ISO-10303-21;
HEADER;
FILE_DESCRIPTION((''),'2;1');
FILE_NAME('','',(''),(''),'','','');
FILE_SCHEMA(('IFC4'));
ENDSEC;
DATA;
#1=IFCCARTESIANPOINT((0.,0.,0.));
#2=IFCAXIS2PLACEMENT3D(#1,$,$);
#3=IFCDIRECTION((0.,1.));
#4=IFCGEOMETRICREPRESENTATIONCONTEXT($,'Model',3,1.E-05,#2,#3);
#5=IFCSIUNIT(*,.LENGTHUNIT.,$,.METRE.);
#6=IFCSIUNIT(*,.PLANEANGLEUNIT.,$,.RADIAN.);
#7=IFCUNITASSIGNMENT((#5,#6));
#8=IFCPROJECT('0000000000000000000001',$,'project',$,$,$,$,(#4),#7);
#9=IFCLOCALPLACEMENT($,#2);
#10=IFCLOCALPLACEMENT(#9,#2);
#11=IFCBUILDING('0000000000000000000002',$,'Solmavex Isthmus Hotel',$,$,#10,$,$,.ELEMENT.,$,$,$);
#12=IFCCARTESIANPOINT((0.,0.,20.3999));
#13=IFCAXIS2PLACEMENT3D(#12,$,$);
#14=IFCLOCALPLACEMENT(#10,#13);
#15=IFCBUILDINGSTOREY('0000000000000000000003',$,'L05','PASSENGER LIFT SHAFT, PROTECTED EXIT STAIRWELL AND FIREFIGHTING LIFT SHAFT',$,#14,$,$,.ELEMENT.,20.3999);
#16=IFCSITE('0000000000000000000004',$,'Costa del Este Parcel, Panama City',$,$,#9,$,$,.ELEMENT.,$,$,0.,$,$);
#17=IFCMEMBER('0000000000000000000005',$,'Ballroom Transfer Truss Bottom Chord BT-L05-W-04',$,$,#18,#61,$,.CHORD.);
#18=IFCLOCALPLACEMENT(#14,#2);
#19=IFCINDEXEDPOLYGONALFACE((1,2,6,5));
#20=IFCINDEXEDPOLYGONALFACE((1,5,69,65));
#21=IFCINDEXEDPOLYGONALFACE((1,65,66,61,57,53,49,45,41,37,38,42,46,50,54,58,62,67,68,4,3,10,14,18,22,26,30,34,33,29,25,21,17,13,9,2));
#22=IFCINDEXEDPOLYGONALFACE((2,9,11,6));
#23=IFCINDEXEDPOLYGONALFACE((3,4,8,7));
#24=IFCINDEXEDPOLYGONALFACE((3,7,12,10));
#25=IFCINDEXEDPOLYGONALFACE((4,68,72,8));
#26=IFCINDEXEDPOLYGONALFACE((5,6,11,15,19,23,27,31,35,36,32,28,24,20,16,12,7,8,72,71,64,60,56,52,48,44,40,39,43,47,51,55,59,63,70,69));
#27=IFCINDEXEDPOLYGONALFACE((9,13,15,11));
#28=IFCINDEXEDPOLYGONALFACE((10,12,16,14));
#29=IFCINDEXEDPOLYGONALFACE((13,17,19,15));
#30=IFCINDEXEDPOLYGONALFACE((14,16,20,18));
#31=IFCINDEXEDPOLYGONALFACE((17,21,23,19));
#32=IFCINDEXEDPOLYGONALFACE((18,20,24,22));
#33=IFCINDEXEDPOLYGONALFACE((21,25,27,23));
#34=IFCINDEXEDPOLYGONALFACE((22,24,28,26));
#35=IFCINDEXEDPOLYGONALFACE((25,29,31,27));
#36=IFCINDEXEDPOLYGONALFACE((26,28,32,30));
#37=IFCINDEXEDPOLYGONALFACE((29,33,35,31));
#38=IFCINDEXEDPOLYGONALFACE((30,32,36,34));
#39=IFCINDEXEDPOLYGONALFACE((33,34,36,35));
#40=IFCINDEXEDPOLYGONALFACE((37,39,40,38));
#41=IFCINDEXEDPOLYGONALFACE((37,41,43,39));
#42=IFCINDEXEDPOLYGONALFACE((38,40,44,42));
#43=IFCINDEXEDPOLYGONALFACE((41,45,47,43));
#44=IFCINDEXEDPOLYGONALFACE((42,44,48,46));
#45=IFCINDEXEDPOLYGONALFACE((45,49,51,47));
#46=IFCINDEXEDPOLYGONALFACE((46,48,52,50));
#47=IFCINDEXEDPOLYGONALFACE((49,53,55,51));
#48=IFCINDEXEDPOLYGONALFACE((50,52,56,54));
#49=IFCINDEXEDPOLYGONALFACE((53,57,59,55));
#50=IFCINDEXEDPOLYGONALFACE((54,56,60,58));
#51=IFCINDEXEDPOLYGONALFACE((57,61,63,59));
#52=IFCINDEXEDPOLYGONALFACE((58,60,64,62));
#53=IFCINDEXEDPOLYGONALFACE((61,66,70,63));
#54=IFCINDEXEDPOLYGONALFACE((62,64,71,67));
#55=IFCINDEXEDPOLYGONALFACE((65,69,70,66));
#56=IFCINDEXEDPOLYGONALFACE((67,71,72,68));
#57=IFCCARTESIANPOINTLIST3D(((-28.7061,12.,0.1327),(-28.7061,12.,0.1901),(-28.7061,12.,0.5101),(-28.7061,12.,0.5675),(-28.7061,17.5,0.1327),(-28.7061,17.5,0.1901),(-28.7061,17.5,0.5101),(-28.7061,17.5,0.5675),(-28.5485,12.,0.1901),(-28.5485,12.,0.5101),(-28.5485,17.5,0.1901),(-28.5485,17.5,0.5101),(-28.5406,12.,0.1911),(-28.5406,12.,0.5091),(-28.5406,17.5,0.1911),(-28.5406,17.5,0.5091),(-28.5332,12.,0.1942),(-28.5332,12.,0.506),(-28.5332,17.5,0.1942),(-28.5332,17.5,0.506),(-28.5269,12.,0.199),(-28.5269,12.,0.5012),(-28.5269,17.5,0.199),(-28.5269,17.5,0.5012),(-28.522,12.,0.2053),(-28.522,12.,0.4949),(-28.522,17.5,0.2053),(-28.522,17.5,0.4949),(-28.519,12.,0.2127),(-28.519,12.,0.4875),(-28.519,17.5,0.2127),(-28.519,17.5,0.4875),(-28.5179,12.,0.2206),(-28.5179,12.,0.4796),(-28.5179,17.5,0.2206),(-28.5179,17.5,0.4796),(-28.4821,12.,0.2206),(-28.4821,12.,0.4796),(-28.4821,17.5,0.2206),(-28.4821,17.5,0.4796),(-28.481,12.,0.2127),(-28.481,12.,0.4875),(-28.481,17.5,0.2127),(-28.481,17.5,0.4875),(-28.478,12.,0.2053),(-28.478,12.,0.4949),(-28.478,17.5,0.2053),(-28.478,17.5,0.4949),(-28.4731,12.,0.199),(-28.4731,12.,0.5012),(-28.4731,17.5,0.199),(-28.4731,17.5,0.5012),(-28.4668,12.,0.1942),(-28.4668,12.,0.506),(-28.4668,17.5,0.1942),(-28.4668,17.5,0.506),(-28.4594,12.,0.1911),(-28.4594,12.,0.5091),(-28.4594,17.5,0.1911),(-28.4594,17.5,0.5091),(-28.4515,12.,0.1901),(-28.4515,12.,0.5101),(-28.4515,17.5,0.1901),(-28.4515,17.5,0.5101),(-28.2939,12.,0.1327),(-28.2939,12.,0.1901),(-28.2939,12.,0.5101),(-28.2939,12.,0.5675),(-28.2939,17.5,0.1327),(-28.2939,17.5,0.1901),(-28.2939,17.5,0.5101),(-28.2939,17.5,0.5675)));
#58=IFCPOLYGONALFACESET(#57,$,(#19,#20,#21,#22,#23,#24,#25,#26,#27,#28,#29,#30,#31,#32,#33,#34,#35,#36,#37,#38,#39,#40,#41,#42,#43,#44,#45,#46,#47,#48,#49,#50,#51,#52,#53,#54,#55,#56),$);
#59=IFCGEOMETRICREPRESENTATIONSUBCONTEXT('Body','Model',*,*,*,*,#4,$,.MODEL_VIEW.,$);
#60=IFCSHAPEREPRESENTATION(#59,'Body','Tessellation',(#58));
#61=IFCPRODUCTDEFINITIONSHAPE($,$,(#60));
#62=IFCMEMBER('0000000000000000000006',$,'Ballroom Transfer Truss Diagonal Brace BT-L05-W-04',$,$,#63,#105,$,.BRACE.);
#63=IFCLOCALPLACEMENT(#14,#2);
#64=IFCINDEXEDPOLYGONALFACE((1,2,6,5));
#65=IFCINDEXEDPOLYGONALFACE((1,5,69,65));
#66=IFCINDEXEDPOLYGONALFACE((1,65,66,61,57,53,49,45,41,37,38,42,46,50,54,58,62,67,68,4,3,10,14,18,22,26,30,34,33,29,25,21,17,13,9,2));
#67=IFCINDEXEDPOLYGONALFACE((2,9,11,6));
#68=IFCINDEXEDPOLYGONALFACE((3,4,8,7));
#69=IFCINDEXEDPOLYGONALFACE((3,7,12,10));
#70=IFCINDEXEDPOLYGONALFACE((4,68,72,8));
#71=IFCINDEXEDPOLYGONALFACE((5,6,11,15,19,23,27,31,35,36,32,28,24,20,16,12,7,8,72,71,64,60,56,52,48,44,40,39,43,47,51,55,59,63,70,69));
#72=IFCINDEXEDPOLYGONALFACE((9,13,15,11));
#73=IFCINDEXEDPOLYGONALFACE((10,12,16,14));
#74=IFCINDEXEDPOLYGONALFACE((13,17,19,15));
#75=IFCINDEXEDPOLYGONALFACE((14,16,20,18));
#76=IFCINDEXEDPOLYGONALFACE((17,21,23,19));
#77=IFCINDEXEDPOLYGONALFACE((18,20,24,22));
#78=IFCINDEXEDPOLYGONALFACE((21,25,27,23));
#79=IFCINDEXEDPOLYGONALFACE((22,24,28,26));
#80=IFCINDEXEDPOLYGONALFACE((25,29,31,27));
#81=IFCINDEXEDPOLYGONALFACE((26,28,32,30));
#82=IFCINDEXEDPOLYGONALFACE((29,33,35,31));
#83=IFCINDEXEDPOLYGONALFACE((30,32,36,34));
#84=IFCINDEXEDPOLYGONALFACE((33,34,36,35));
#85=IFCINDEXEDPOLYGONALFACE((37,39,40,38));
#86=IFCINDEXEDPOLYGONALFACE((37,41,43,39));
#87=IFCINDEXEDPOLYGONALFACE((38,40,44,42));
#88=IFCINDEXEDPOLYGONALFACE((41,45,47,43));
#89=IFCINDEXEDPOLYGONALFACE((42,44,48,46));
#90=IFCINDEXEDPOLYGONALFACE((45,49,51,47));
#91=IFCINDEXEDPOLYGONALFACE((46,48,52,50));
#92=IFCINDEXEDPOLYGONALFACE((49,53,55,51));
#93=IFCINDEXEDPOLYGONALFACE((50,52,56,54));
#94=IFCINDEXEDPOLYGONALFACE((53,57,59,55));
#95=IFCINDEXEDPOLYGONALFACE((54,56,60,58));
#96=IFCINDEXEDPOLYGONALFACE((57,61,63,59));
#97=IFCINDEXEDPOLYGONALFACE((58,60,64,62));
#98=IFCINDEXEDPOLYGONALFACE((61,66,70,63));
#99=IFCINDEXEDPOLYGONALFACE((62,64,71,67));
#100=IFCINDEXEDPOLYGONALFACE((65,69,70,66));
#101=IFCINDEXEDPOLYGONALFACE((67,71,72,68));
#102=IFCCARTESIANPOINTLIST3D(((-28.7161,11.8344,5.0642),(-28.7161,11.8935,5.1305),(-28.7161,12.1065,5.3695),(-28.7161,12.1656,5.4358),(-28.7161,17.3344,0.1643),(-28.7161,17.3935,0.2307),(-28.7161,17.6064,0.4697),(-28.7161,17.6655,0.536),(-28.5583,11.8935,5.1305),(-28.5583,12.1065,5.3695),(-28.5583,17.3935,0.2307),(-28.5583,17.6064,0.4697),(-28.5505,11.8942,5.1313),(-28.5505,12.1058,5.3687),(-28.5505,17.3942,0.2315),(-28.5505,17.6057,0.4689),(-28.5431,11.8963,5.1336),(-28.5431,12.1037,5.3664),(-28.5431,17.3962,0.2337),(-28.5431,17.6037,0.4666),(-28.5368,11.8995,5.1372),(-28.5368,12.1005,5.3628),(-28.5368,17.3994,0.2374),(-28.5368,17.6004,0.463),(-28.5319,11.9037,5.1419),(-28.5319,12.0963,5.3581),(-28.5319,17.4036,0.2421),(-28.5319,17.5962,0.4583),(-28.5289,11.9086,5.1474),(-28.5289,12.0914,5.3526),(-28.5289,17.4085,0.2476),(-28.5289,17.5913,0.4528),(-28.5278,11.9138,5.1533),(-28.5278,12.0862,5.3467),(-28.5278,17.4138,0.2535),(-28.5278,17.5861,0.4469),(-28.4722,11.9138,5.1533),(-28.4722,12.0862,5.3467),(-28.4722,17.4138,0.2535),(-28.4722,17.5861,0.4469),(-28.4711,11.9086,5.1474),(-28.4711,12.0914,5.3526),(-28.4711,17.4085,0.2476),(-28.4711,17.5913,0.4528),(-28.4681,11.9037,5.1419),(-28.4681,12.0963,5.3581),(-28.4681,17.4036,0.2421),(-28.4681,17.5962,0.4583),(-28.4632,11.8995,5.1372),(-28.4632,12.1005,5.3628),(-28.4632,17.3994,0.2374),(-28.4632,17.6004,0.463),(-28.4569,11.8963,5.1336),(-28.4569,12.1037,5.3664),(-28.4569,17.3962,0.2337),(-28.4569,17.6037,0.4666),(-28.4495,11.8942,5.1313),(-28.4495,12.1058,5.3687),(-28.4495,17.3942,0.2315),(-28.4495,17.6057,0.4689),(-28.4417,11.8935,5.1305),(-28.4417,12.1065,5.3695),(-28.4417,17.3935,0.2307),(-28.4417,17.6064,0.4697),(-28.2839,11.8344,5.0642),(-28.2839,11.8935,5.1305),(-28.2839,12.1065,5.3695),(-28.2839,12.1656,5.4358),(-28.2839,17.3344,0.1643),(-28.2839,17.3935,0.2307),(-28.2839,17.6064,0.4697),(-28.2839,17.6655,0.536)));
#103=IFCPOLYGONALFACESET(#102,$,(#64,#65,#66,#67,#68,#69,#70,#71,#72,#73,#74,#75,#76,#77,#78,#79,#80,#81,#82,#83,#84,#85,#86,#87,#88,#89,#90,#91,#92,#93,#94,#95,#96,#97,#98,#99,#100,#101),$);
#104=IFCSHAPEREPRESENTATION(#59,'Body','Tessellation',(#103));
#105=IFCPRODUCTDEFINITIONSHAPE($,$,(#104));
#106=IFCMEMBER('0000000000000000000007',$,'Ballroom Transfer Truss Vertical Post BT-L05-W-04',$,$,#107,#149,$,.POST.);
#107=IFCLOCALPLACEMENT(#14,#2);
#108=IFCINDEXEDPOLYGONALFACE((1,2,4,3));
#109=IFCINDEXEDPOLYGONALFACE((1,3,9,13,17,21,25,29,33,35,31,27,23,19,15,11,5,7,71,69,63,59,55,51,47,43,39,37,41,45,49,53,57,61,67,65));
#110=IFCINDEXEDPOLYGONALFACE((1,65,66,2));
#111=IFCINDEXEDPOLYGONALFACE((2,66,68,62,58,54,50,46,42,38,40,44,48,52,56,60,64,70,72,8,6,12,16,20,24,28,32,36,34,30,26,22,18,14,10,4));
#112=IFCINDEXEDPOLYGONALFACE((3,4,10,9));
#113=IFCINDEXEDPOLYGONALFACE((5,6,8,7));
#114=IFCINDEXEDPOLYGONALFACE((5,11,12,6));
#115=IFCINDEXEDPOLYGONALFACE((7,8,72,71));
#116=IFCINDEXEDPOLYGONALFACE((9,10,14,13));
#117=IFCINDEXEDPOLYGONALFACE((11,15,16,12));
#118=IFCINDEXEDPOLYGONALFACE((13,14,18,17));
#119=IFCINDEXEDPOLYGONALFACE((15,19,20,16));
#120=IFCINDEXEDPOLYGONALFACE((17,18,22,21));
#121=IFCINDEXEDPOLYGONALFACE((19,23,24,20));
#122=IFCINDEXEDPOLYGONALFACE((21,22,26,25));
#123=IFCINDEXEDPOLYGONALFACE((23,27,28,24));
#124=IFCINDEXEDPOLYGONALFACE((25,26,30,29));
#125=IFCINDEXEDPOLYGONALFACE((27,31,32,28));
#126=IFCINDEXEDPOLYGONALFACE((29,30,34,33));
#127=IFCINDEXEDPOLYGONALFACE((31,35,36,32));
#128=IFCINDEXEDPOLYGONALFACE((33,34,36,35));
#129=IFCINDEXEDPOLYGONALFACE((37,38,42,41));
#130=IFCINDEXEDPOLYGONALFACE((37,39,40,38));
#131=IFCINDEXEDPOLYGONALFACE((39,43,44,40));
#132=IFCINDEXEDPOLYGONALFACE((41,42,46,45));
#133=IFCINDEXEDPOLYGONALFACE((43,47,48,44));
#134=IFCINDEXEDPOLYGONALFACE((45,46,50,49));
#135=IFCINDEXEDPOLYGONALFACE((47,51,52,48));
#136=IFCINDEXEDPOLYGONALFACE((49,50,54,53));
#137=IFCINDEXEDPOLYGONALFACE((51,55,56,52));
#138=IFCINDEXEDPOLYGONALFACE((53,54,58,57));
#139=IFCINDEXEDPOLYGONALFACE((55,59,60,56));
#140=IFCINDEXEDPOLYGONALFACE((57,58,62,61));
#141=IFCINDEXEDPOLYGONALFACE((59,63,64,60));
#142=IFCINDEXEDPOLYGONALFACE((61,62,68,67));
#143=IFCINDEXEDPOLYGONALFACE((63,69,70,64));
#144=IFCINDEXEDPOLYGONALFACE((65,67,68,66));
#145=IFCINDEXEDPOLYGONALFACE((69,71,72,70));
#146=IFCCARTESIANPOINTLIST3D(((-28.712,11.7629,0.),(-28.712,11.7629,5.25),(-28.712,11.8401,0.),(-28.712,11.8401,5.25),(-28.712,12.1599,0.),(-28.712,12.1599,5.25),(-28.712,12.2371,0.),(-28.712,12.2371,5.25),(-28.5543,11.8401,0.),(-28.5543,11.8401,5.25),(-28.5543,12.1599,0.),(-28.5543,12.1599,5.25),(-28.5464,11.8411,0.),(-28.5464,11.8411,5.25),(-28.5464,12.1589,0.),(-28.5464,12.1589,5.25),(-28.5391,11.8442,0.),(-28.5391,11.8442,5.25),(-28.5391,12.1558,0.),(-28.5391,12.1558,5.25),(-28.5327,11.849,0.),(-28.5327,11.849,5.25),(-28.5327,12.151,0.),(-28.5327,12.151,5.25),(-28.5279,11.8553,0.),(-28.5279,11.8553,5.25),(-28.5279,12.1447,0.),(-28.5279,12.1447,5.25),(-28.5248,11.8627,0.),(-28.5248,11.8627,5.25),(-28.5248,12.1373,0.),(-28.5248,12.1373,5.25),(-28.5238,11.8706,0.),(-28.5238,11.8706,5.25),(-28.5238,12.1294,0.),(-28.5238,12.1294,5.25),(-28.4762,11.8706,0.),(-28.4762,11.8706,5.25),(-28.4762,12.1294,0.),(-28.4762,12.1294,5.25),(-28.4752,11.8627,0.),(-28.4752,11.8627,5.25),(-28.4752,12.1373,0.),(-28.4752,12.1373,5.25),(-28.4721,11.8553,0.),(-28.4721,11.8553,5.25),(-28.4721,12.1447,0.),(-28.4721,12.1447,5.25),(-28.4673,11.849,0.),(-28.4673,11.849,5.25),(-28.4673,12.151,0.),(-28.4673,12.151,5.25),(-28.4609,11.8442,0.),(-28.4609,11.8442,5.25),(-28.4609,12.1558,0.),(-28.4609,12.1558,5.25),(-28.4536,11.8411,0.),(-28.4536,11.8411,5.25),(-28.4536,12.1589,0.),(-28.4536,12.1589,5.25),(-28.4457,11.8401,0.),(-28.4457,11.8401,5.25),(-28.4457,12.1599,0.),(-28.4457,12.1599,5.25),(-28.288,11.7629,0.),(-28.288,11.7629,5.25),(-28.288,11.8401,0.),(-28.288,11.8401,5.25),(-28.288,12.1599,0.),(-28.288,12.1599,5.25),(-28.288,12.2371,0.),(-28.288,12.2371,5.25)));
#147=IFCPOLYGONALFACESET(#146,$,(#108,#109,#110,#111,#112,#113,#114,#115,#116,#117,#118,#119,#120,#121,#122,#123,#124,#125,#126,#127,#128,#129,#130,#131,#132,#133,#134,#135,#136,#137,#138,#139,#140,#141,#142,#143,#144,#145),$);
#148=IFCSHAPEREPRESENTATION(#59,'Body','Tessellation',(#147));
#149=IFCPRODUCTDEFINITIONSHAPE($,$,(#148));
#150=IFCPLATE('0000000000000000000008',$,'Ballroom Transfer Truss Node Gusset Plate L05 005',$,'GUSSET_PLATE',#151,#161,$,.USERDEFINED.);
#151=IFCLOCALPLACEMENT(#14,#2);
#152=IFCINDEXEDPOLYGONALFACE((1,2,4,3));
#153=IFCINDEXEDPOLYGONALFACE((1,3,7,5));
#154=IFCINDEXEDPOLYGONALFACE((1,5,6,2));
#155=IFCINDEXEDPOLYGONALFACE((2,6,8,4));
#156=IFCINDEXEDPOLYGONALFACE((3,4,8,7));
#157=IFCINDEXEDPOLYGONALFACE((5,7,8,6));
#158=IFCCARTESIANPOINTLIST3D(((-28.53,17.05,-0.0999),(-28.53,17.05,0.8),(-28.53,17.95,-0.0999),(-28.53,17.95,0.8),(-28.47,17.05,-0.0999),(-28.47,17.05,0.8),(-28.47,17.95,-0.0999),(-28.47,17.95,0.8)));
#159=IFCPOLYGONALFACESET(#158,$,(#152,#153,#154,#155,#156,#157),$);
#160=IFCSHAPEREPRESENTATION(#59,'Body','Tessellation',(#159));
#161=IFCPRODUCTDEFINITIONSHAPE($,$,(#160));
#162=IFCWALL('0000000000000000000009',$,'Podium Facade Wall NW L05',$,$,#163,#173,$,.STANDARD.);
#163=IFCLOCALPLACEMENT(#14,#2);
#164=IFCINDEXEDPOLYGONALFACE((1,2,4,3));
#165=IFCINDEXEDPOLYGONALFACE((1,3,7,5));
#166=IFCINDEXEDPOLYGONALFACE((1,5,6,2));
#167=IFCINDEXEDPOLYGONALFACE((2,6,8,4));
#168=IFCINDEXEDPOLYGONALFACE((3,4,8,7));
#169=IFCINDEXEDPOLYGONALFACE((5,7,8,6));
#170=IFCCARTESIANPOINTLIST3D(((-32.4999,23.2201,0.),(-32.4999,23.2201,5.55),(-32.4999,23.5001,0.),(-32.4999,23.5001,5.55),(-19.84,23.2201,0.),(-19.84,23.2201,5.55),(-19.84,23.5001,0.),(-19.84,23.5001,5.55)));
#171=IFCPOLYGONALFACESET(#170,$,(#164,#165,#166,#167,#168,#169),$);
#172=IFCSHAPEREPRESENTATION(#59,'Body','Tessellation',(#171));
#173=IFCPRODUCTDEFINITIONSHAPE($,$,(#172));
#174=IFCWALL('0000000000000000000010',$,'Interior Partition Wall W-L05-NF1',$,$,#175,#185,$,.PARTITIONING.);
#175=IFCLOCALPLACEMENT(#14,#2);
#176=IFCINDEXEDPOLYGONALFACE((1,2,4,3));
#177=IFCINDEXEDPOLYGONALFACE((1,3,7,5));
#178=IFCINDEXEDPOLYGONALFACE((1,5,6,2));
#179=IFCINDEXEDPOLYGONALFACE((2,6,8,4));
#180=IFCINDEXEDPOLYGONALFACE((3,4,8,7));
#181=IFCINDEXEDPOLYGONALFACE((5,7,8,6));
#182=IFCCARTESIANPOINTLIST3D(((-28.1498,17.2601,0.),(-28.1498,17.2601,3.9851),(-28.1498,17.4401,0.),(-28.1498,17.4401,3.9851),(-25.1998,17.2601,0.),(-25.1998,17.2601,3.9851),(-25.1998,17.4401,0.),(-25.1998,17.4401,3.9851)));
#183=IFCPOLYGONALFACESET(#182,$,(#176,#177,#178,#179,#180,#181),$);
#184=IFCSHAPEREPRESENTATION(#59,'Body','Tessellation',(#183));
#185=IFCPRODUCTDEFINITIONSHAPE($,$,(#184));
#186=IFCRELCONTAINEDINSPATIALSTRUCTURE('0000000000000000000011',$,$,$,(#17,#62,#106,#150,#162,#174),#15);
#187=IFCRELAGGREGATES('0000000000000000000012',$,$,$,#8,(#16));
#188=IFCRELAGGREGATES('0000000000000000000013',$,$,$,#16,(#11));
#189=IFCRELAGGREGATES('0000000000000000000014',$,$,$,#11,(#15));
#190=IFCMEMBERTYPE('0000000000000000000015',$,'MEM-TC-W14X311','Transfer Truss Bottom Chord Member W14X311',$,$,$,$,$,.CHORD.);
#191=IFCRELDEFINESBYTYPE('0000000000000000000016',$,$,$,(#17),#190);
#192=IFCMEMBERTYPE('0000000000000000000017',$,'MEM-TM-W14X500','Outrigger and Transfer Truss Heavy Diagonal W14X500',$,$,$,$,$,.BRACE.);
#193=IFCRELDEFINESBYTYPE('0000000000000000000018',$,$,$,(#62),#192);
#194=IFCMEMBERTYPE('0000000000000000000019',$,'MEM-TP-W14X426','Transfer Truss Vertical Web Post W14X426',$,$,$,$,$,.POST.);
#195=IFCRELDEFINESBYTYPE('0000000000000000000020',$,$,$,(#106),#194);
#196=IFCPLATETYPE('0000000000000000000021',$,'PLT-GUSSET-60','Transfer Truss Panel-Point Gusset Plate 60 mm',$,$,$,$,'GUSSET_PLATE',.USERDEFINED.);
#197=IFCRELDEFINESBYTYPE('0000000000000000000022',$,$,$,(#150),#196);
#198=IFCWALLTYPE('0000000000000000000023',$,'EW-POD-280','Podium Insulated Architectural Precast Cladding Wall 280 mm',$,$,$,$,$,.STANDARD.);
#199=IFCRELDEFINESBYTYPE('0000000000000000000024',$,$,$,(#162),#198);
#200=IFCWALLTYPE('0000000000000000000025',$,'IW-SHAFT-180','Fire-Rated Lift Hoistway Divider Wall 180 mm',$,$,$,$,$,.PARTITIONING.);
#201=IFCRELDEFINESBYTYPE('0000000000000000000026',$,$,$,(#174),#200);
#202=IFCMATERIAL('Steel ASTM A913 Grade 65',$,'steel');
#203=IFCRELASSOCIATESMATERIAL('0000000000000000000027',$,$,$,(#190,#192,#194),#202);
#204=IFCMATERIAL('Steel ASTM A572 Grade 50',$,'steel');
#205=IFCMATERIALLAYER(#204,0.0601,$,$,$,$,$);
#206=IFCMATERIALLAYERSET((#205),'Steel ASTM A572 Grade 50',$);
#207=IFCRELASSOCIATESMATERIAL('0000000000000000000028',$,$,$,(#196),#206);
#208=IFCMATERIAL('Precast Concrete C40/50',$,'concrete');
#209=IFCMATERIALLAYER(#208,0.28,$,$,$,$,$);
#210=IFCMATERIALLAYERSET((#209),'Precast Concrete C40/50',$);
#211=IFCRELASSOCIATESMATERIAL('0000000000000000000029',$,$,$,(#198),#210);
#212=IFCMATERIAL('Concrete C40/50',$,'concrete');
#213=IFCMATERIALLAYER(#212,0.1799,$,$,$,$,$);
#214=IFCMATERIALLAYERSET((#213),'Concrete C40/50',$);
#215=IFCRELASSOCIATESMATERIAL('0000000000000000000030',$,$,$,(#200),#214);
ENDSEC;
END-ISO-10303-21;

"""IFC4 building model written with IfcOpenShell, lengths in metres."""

from ifc_helpers import new_model, si_unit, direction, frame, frame_2d, origin, origin_2d, place, context, subcontext, project, spatial, rectangle, i_section, extrude, material, layer, layer_set, material_profile, profile_set, type_object, element, save


model = new_model("IFC4")

# Units and contexts
model_context = context("Model", 3, precision=1e-05, world=origin(), true_north=direction((0.0, 1.0)))
body_context = subcontext(model_context, "Body", "Model", "MODEL_VIEW")
ifc_project = project(units=[si_unit("LENGTHUNIT", "METRE"), si_unit("PLANEANGLEUNIT", "RADIAN")], contexts=[model_context])

# Site, building, storey
site_placement = place(None, origin())
site = spatial("IfcSite", under=ifc_project, at=site_placement, Name="Costa del Este Parcel, Panama City", CompositionType="ELEMENT", RefElevation=0.0)
building_placement = place(site_placement, origin())
building = spatial("IfcBuilding", under=site, at=building_placement, Name="Solmavex Isthmus Hotel", CompositionType="ELEMENT")
storey_placement = place(building_placement, frame((0.0, 0.0, 20.3999)))
storey = spatial("IfcBuildingStorey", under=building, at=storey_placement, Name="L05", Description="PASSENGER LIFT SHAFT, PROTECTED EXIT STAIRWELL AND FIREFIGHTING LIFT SHAFT", CompositionType="ELEMENT", Elevation=20.3999)

# Members
ifc_material_1 = material(Name="Steel ASTM A913 Grade 65", Category="steel")
ifc_material_profile_1 = material_profile(ifc_material_1, i_section(OverallWidth=0.4121, OverallDepth=0.4348, WebThickness=0.0359, FlangeThickness=0.0574, FilletRadius=0.0305, at=origin_2d()), Name="W14X311")
ifc_profile_set_1 = profile_set([ifc_material_profile_1], Name="Steel ASTM A913 Grade 65")
member_type_1 = type_object("IfcMemberType", Name="MEM-TC-W14X311", Description="Transfer Truss Bottom Chord Member W14X311", PredefinedType="CHORD", material=ifc_profile_set_1)
member_1_placement = place(storey_placement, frame((-28.5, 12.0, 0.3501), z_axis=(0.0, 1.0, 0.0), x_axis=(-1.0, 0.0, 0.0)))
element("IfcMember", 1, at=member_1_placement, inside=storey, type_object=member_type_1, Name="Ballroom Transfer Truss Bottom Chord BT-L05-W-04", PredefinedType="CHORD", context=body_context, shape_type="SweptSolid", body=[
    extrude(i_section(OverallWidth=0.4121, OverallDepth=0.4348, WebThickness=0.0359, FlangeThickness=0.0574, FilletRadius=0.0305, at=origin_2d()), origin(), (0.0, 0.0, 1.0), 5.5),
])
ifc_material_profile_2 = material_profile(ifc_material_1, i_section(OverallWidth=0.4321, OverallDepth=0.4978, WebThickness=0.0557, FlangeThickness=0.0889, FilletRadius=0.0305, at=origin_2d()), Name="W14X500")
ifc_profile_set_2 = profile_set([ifc_material_profile_2], Name="Steel ASTM A913 Grade 65")
member_type_2 = type_object("IfcMemberType", Name="MEM-TM-W14X500", Description="Outrigger and Transfer Truss Heavy Diagonal W14X500", PredefinedType="BRACE", material=ifc_profile_set_2)
member_2_placement = place(storey_placement, frame((-28.5, 12.0, 5.25), z_axis=(0.0, 0.746666, -0.665199), x_axis=(-1.0, 0.0, 0.0)))
element("IfcMember", 2, at=member_2_placement, inside=storey, type_object=member_type_2, Name="Ballroom Transfer Truss Diagonal Brace BT-L05-W-04", PredefinedType="BRACE", context=body_context, shape_type="SweptSolid", body=[
    extrude(i_section(OverallWidth=0.4321, OverallDepth=0.4978, WebThickness=0.0557, FlangeThickness=0.0889, FilletRadius=0.0305, at=origin_2d()), origin(), (0.0, 0.0, 1.0), 7.366),
])
ifc_material_profile_3 = material_profile(ifc_material_1, i_section(OverallWidth=0.4241, OverallDepth=0.4741, WebThickness=0.0476, FlangeThickness=0.0771, FilletRadius=0.0305, at=origin_2d()), Name="W14X426")
ifc_profile_set_3 = profile_set([ifc_material_profile_3], Name="Steel ASTM A913 Grade 65")
member_type_3 = type_object("IfcMemberType", Name="MEM-TP-W14X426", Description="Transfer Truss Vertical Web Post W14X426", PredefinedType="POST", material=ifc_profile_set_3)
member_3_placement = place(storey_placement, frame((-28.5, 12.0, 0.0), z_axis=(0.0, 0.0, 1.0), x_axis=(1.0, 0.0, 0.0)))
element("IfcMember", 3, at=member_3_placement, inside=storey, type_object=member_type_3, Name="Ballroom Transfer Truss Vertical Post BT-L05-W-04", PredefinedType="POST", context=body_context, shape_type="SweptSolid", body=[
    extrude(i_section(OverallWidth=0.4241, OverallDepth=0.4741, WebThickness=0.0476, FlangeThickness=0.0771, FilletRadius=0.0305, at=origin_2d()), origin(), (0.0, 0.0, 1.0), 5.25),
])

# Plate
ifc_material_2 = material(Name="Steel ASTM A572 Grade 50", Category="steel")
ifc_layer_1 = layer(ifc_material_2, 0.0601)
ifc_layer_set_1 = layer_set([ifc_layer_1], Name="Steel ASTM A572 Grade 50")
plate_type = type_object("IfcPlateType", Name="PLT-GUSSET-60", Description="Transfer Truss Panel-Point Gusset Plate 60 mm", ElementType="GUSSET_PLATE", PredefinedType="USERDEFINED", material=ifc_layer_set_1)
plate_placement = place(storey_placement, frame((-28.5, 17.5, -0.0999), z_axis=(0.0, 0.0, 1.0), x_axis=(0.0, 1.0, 0.0)))
element("IfcPlate", 4, at=plate_placement, inside=storey, type_object=plate_type, Name="Ballroom Transfer Truss Node Gusset Plate L05 005", ObjectType="GUSSET_PLATE", PredefinedType="USERDEFINED", context=body_context, shape_type="SweptSolid", body=[
    extrude(rectangle(XDim=0.8999, YDim=0.0601, at=origin_2d()), origin(), (0.0, 0.0, 1.0), 0.8999),
])

# Walls
ifc_material_3 = material(Name="Precast Concrete C40/50", Category="concrete")
ifc_layer_2 = layer(ifc_material_3, 0.28)
ifc_layer_set_2 = layer_set([ifc_layer_2], Name="Precast Concrete C40/50")
wall_type_1 = type_object("IfcWallType", Name="EW-POD-280", Description="Podium Insulated Architectural Precast Cladding Wall 280 mm", PredefinedType="STANDARD", material=ifc_layer_set_2)
wall_1_placement = place(storey_placement, frame((-32.5, 23.3601, 0.0), z_axis=(0.0, 0.0, 1.0), x_axis=(1.0, 0.0, 0.0)))
element("IfcWall", 5, at=wall_1_placement, inside=storey, type_object=wall_type_1, Name="Podium Facade Wall NW L05", PredefinedType="STANDARD", context=body_context, shape_type="SweptSolid", body=[
    extrude(rectangle(XDim=12.6599, YDim=0.28, at=frame_2d((6.3301, 0.0))), origin(), (0.0, 0.0, 1.0), 5.55),
])
ifc_material_4 = material(Name="Concrete C40/50", Category="concrete")
ifc_layer_3 = layer(ifc_material_4, 0.1799)
ifc_layer_set_3 = layer_set([ifc_layer_3], Name="Concrete C40/50")
wall_type_2 = type_object("IfcWallType", Name="IW-SHAFT-180", Description="Fire-Rated Lift Hoistway Divider Wall 180 mm", PredefinedType="PARTITIONING", material=ifc_layer_set_3)
wall_2_placement = place(storey_placement, frame((-28.1499, 17.3501, 0.0), z_axis=(0.0, 0.0, 1.0), x_axis=(1.0, 0.0, 0.0)))
element("IfcWall", 6, at=wall_2_placement, inside=storey, type_object=wall_type_2, Name="Interior Partition Wall W-L05-NF1", PredefinedType="PARTITIONING", context=body_context, shape_type="SweptSolid", body=[
    extrude(rectangle(XDim=2.95, YDim=0.1799, at=frame_2d((1.4751, 0.0))), origin(), (0.0, 0.0, 1.0), 3.9851),
])

save(model, "model.ifc")
